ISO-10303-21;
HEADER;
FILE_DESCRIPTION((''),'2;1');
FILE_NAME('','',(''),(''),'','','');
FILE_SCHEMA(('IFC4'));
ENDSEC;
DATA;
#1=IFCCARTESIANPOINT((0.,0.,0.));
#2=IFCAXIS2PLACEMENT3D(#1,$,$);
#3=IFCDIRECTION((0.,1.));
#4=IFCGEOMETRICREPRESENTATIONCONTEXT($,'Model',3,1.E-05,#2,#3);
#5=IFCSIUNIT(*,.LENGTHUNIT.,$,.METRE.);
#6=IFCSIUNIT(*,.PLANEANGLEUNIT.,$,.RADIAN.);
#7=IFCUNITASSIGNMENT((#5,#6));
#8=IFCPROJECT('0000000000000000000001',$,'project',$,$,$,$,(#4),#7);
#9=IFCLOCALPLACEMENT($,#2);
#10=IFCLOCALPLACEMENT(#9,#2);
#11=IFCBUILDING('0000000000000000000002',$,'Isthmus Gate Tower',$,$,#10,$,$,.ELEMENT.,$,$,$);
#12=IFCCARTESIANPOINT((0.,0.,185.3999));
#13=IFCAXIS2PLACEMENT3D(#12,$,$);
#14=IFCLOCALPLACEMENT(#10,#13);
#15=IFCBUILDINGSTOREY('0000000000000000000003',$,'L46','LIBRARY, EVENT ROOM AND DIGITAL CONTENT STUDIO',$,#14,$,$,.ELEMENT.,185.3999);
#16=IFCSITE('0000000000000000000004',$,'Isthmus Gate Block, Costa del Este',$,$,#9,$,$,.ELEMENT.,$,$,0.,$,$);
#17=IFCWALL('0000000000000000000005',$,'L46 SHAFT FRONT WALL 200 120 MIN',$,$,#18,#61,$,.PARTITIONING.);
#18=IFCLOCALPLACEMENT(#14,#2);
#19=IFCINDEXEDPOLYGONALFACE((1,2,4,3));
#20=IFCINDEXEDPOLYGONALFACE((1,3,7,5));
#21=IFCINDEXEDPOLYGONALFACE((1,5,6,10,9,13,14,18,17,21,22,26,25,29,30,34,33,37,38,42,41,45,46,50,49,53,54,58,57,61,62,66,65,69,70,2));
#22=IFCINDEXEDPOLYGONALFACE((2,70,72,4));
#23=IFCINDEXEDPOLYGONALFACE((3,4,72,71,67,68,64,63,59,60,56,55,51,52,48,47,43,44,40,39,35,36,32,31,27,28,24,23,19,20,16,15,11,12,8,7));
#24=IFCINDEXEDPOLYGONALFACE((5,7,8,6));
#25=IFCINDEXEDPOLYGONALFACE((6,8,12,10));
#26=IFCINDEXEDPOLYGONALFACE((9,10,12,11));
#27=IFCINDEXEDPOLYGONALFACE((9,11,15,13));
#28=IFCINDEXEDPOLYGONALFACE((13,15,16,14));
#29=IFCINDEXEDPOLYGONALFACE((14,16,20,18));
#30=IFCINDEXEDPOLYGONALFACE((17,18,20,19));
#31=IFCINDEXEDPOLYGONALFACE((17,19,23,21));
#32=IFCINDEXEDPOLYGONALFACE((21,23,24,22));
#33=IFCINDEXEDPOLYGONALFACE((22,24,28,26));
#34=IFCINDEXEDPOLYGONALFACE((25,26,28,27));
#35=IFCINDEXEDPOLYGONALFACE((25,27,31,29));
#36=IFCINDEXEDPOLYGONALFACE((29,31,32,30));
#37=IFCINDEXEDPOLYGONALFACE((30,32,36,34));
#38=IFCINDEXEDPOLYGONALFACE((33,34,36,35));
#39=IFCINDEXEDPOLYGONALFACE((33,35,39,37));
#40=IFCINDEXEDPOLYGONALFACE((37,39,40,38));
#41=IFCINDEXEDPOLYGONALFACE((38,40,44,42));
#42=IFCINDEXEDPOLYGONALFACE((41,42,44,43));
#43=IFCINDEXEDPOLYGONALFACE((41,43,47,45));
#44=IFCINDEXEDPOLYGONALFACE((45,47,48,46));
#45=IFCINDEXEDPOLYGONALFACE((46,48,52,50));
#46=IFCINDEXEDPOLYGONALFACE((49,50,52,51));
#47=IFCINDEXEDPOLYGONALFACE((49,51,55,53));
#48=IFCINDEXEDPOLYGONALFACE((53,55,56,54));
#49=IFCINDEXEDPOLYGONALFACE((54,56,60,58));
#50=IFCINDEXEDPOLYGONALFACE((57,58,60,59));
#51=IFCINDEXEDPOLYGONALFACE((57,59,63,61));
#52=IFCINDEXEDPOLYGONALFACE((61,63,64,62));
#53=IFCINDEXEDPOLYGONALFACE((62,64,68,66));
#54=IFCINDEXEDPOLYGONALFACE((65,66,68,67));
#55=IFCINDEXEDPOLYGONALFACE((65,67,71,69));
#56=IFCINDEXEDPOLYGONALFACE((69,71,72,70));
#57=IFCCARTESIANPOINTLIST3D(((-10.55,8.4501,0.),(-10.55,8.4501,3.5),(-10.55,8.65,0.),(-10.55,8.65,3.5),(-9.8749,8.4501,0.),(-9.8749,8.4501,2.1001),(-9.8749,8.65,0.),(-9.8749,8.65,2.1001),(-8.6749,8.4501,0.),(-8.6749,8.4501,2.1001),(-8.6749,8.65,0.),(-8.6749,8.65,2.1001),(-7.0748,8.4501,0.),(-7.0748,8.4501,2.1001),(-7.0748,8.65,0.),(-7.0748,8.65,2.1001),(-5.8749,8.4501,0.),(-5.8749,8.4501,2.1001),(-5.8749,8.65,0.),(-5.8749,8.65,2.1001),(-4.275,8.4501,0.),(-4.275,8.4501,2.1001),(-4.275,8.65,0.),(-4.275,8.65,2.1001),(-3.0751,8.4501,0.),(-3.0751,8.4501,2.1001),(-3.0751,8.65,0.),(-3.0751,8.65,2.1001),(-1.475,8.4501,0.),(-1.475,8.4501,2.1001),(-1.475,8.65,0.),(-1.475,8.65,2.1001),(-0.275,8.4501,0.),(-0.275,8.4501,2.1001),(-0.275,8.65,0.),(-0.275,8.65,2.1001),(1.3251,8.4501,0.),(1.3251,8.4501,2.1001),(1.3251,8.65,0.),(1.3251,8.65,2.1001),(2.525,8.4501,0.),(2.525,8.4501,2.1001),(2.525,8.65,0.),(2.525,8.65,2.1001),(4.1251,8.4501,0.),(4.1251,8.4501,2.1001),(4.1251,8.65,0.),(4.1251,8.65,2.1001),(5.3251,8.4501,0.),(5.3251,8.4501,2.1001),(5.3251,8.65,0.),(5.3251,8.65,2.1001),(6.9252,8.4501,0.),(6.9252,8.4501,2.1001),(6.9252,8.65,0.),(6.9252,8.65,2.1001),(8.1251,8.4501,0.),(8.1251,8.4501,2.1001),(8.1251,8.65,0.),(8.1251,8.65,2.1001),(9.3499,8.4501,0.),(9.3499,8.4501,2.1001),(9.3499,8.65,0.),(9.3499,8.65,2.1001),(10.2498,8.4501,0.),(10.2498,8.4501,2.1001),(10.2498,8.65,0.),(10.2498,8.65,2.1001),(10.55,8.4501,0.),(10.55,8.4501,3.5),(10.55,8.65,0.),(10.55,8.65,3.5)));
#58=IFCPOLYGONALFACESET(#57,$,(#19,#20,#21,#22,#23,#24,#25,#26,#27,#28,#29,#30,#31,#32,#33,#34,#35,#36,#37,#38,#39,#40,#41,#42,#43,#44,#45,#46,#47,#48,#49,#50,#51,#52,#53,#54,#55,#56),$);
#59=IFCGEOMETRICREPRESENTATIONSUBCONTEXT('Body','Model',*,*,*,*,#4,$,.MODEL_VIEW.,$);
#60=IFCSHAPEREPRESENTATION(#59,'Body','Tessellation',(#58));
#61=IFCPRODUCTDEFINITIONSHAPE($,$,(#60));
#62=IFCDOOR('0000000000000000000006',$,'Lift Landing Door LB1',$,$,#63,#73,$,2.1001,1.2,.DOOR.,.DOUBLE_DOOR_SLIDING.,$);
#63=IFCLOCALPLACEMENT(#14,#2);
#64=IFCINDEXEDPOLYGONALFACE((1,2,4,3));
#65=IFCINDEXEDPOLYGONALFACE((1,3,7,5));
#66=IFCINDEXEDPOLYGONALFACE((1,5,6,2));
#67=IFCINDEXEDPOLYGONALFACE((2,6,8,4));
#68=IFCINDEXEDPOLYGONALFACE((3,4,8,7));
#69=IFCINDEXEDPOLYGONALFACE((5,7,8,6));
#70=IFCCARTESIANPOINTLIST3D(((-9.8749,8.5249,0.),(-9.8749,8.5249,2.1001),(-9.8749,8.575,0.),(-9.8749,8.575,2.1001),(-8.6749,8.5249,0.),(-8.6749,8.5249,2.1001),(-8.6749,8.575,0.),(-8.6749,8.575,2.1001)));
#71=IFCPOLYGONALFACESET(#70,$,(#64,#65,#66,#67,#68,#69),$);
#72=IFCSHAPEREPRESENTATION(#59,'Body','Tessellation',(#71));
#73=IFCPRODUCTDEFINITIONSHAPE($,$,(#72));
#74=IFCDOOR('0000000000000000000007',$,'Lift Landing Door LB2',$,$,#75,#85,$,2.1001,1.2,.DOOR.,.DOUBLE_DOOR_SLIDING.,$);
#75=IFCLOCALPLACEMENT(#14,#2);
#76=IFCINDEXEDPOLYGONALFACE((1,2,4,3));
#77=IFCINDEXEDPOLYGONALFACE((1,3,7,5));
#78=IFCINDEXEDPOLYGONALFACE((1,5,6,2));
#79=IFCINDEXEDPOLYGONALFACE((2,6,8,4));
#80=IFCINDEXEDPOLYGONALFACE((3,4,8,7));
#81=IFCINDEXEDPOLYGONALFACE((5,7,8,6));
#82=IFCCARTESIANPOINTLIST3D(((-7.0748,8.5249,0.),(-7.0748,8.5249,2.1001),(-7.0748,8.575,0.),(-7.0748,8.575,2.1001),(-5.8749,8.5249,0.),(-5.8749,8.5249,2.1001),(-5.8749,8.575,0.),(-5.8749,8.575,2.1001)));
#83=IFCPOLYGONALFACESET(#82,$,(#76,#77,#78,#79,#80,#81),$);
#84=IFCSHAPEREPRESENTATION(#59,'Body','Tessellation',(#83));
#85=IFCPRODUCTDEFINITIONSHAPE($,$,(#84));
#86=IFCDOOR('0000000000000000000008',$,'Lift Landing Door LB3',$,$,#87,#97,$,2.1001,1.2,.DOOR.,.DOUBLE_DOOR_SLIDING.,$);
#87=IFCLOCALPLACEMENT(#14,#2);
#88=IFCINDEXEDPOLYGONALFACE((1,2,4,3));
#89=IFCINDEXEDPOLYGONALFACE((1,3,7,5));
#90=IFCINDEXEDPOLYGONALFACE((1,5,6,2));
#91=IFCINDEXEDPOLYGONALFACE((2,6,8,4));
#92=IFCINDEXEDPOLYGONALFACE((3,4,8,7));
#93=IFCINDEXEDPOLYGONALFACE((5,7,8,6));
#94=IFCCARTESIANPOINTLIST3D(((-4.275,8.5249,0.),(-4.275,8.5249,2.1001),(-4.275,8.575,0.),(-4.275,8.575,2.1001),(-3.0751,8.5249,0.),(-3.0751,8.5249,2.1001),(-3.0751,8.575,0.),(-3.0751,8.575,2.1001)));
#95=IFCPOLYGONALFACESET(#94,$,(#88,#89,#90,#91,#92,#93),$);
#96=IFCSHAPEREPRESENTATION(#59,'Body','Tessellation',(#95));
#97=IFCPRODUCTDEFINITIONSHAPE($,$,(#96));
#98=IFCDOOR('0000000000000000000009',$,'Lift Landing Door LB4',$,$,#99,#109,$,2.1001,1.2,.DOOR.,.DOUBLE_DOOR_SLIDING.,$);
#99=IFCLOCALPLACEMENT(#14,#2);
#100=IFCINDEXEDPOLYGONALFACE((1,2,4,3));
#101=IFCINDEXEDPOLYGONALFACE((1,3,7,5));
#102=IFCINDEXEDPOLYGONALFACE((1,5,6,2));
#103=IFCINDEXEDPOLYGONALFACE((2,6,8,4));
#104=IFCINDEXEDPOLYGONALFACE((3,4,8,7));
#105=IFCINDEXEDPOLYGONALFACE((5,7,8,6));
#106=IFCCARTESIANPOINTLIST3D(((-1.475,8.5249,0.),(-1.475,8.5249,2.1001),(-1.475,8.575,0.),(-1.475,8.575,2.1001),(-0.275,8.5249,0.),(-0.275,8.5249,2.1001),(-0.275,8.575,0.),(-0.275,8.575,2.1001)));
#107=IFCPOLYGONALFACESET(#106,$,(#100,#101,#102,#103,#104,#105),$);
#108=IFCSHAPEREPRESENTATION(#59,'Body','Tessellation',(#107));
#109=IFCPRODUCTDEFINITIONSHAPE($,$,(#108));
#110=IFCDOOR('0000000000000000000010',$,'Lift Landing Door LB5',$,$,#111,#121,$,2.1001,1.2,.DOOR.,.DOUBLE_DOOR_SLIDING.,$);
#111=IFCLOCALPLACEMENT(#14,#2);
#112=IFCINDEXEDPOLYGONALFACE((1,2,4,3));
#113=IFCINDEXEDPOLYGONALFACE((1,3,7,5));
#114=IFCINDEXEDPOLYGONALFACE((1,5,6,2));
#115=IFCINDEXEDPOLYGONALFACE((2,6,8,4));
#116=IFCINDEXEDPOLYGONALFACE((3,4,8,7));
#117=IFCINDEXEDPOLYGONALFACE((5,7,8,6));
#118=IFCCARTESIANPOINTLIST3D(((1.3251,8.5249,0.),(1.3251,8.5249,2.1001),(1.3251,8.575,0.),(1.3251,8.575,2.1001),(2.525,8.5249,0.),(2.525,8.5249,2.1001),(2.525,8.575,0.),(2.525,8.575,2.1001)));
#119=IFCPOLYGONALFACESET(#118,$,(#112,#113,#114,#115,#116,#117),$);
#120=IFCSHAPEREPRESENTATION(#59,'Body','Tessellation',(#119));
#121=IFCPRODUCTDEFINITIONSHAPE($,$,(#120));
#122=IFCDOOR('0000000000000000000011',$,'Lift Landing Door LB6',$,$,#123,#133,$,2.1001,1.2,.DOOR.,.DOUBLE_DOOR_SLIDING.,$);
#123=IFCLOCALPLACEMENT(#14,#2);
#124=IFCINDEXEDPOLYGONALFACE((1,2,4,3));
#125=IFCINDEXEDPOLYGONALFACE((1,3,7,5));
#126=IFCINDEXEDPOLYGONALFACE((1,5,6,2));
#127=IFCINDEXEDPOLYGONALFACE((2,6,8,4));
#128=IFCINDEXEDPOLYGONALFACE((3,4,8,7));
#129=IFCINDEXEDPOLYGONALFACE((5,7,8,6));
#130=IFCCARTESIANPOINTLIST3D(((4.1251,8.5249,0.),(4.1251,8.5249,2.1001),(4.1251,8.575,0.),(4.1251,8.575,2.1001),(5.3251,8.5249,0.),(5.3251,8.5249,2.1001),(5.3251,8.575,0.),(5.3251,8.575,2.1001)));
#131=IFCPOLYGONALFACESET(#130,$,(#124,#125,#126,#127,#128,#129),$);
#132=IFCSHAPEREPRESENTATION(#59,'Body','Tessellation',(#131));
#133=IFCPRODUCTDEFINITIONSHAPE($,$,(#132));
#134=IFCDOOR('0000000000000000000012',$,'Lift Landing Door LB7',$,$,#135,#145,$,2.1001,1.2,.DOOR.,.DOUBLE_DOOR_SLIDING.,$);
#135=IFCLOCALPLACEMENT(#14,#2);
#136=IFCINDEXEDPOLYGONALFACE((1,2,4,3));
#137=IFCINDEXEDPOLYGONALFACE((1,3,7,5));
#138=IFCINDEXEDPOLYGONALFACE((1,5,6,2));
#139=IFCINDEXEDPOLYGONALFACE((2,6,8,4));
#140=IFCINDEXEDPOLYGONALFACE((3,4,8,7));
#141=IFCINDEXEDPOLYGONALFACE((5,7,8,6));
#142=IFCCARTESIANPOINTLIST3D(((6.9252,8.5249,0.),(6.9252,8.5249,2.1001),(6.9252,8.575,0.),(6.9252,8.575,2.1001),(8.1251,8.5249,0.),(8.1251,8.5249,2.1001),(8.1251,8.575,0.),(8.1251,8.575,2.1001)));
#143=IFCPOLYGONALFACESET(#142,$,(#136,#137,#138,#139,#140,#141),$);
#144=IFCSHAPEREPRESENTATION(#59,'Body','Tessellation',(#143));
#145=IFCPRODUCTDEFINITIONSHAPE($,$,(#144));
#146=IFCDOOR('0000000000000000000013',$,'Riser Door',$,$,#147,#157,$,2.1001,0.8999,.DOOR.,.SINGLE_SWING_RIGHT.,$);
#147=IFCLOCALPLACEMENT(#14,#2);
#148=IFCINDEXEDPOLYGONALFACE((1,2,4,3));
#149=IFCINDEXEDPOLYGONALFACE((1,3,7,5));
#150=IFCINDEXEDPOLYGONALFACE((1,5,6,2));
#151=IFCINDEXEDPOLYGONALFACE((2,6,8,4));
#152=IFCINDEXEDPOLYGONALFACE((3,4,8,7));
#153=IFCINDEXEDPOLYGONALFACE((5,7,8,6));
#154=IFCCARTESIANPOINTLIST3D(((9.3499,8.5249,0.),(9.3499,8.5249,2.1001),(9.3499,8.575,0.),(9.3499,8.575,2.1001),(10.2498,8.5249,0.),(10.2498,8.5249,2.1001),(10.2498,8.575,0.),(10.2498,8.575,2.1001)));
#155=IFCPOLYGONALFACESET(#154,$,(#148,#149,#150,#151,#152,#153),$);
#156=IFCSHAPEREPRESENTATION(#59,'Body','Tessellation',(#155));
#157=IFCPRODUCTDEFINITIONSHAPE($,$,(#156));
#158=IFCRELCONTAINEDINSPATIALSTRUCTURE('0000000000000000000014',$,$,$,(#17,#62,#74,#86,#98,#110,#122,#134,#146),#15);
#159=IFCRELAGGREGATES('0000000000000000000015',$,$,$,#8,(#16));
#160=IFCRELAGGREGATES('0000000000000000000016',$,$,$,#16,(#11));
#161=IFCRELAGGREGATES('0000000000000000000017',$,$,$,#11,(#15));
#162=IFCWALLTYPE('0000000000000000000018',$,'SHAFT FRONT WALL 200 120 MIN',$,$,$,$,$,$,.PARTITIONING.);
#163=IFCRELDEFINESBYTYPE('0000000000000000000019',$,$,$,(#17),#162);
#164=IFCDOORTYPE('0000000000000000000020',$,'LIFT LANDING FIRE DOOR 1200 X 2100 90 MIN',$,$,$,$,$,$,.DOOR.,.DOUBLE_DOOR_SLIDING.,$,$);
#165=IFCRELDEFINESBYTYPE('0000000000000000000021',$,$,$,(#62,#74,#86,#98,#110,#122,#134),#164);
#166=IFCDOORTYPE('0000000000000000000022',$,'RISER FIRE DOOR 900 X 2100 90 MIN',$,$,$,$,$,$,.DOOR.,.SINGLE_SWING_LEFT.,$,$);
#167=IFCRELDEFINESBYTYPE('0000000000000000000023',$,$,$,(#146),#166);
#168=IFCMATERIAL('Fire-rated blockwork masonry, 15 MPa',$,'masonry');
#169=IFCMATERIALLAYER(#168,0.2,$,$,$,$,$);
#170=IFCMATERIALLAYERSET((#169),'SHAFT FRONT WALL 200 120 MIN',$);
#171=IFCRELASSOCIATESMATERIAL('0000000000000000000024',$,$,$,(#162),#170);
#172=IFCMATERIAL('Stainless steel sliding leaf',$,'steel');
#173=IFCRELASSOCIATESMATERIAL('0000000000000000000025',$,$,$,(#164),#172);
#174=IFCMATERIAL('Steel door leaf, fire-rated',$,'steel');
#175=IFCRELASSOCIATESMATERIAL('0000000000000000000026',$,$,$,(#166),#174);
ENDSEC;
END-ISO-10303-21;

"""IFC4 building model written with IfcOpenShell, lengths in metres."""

from ifc_helpers import new_model, si_unit, direction, frame, frame_2d, origin, place, context, subcontext, project, spatial, rectangle, extrude, material, layer, layer_set, type_object, element, fill, save


model = new_model("IFC4")

# Units and contexts
model_context = context("Model", 3, precision=1e-05, world=origin(), true_north=direction((0.0, 1.0)))
body_context = subcontext(model_context, "Body", "Model", "MODEL_VIEW")
ifc_project = project(units=[si_unit("LENGTHUNIT", "METRE"), si_unit("PLANEANGLEUNIT", "RADIAN")], contexts=[model_context])

# Site, building, storey
site_placement = place(None, origin())
site = spatial("IfcSite", under=ifc_project, at=site_placement, Name="Isthmus Gate Block, Costa del Este", CompositionType="ELEMENT", RefElevation=0.0)
building_placement = place(site_placement, origin())
building = spatial("IfcBuilding", under=site, at=building_placement, Name="Isthmus Gate Tower", CompositionType="ELEMENT")
storey_placement = place(building_placement, frame((0.0, 0.0, 185.3999)))
storey = spatial("IfcBuildingStorey", under=building, at=storey_placement, Name="L46", Description="LIBRARY, EVENT ROOM AND DIGITAL CONTENT STUDIO", CompositionType="ELEMENT", Elevation=185.3999)

# Wall, openings, doors
ifc_material_1 = material(Name="Fire-rated blockwork masonry, 15 MPa", Category="masonry")
ifc_layer_1 = layer(ifc_material_1, 0.2)
ifc_layer_set_1 = layer_set([ifc_layer_1], Name="SHAFT FRONT WALL 200 120 MIN")
wall_type_1 = type_object("IfcWallType", Name="SHAFT FRONT WALL 200 120 MIN", PredefinedType="PARTITIONING", material=ifc_layer_set_1)
wall_1_placement = place(storey_placement, frame((-10.55, 8.55, 0.0), z_axis=(0.0, 0.0, 1.0), x_axis=(1.0, 0.0, 0.0)))
wall_1 = element("IfcWall", 1, at=wall_1_placement, inside=storey, type_object=wall_type_1, Name="L46 SHAFT FRONT WALL 200 120 MIN", PredefinedType="PARTITIONING", context=body_context, shape_type="SweptSolid", body=[
    extrude(rectangle(XDim=21.1001, YDim=0.2, at=frame_2d((10.55, 0.0))), origin(), (0.0, 0.0, 1.0), 3.5),
])
opening_1_placement = place(wall_1_placement, frame((0.675, 0.0, 0.0)))
opening_1 = element("IfcOpeningElement", 2, at=opening_1_placement, cuts=wall_1, PredefinedType="OPENING", context=body_context, shape_type="SweptSolid", body=[
    extrude(rectangle(XDim=1.2, YDim=2.1001, at=frame_2d((0.6001, 1.05))), frame((0.0, 0.1099, 0.0), z_axis=(0.0, -1.0, 0.0), x_axis=(1.0, 0.0, 0.0)), (0.0, 0.0, 1.0), 0.22),
])
opening_2_placement = place(wall_1_placement, frame((3.4751, 0.0, 0.0)))
opening_2 = element("IfcOpeningElement", 3, at=opening_2_placement, cuts=wall_1, PredefinedType="OPENING", context=body_context, shape_type="SweptSolid", body=[
    extrude(rectangle(XDim=1.2, YDim=2.1001, at=frame_2d((0.6001, 1.05))), frame((0.0, 0.1099, 0.0), z_axis=(0.0, -1.0, 0.0), x_axis=(1.0, 0.0, 0.0)), (0.0, 0.0, 1.0), 0.22),
])
opening_3_placement = place(wall_1_placement, frame((6.2749, 0.0, 0.0)))
opening_3 = element("IfcOpeningElement", 4, at=opening_3_placement, cuts=wall_1, PredefinedType="OPENING", context=body_context, shape_type="SweptSolid", body=[
    extrude(rectangle(XDim=1.2, YDim=2.1001, at=frame_2d((0.6001, 1.05))), frame((0.0, 0.1099, 0.0), z_axis=(0.0, -1.0, 0.0), x_axis=(1.0, 0.0, 0.0)), (0.0, 0.0, 1.0), 0.22),
])
opening_4_placement = place(wall_1_placement, frame((9.075, 0.0, 0.0)))
opening_4 = element("IfcOpeningElement", 5, at=opening_4_placement, cuts=wall_1, PredefinedType="OPENING", context=body_context, shape_type="SweptSolid", body=[
    extrude(rectangle(XDim=1.2, YDim=2.1001, at=frame_2d((0.6001, 1.05))), frame((0.0, 0.1099, 0.0), z_axis=(0.0, -1.0, 0.0), x_axis=(1.0, 0.0, 0.0)), (0.0, 0.0, 1.0), 0.22),
])
opening_5_placement = place(wall_1_placement, frame((11.875, 0.0, 0.0)))
opening_5 = element("IfcOpeningElement", 6, at=opening_5_placement, cuts=wall_1, PredefinedType="OPENING", context=body_context, shape_type="SweptSolid", body=[
    extrude(rectangle(XDim=1.2, YDim=2.1001, at=frame_2d((0.6001, 1.05))), frame((0.0, 0.1099, 0.0), z_axis=(0.0, -1.0, 0.0), x_axis=(1.0, 0.0, 0.0)), (0.0, 0.0, 1.0), 0.22),
])
opening_6_placement = place(wall_1_placement, frame((14.675, 0.0, 0.0)))
opening_6 = element("IfcOpeningElement", 7, at=opening_6_placement, cuts=wall_1, PredefinedType="OPENING", context=body_context, shape_type="SweptSolid", body=[
    extrude(rectangle(XDim=1.2, YDim=2.1001, at=frame_2d((0.6001, 1.05))), frame((0.0, 0.1099, 0.0), z_axis=(0.0, -1.0, 0.0), x_axis=(1.0, 0.0, 0.0)), (0.0, 0.0, 1.0), 0.22),
])
opening_7_placement = place(wall_1_placement, frame((17.4751, 0.0, 0.0)))
opening_7 = element("IfcOpeningElement", 8, at=opening_7_placement, cuts=wall_1, PredefinedType="OPENING", context=body_context, shape_type="SweptSolid", body=[
    extrude(rectangle(XDim=1.2, YDim=2.1001, at=frame_2d((0.6001, 1.05))), frame((0.0, 0.1099, 0.0), z_axis=(0.0, -1.0, 0.0), x_axis=(1.0, 0.0, 0.0)), (0.0, 0.0, 1.0), 0.22),
])
opening_8_placement = place(wall_1_placement, frame((19.8999, 0.0, 0.0)))
opening_8 = element("IfcOpeningElement", 9, at=opening_8_placement, cuts=wall_1, PredefinedType="OPENING", context=body_context, shape_type="SweptSolid", body=[
    extrude(rectangle(XDim=0.8999, YDim=2.1001, at=frame_2d((0.45, 1.05))), frame((0.0, 0.1099, 0.0), z_axis=(0.0, -1.0, 0.0), x_axis=(1.0, 0.0, 0.0)), (0.0, 0.0, 1.0), 0.22),
])
ifc_material_2 = material(Name="Stainless steel sliding leaf", Category="steel")
door_type_1 = type_object("IfcDoorType", Name="LIFT LANDING FIRE DOOR 1200 X 2100 90 MIN", OperationType="DOUBLE_DOOR_SLIDING", PredefinedType="DOOR", material=ifc_material_2)
door_1_placement = place(opening_1_placement, origin())
door_1 = element("IfcDoor", 10, at=door_1_placement, inside=storey, type_object=door_type_1, Name="Lift Landing Door LB1", OperationType="DOUBLE_DOOR_SLIDING", OverallHeight=2.1001, OverallWidth=1.2, PredefinedType="DOOR", context=body_context, shape_type="SweptSolid", body=[
    extrude(rectangle(XDim=1.2, YDim=2.1001, at=frame_2d((0.6001, 1.05))), frame((0.0, 0.0249, 0.0), z_axis=(0.0, -1.0, 0.0), x_axis=(1.0, 0.0, 0.0)), (0.0, 0.0, 1.0), 0.05),
])
fill(opening_1, door_1)
door_2_placement = place(opening_2_placement, origin())
door_2 = element("IfcDoor", 11, at=door_2_placement, inside=storey, type_object=door_type_1, Name="Lift Landing Door LB2", OperationType="DOUBLE_DOOR_SLIDING", OverallHeight=2.1001, OverallWidth=1.2, PredefinedType="DOOR", context=body_context, shape_type="SweptSolid", body=[
    extrude(rectangle(XDim=1.2, YDim=2.1001, at=frame_2d((0.6001, 1.05))), frame((0.0, 0.0249, 0.0), z_axis=(0.0, -1.0, 0.0), x_axis=(1.0, 0.0, 0.0)), (0.0, 0.0, 1.0), 0.05),
])
fill(opening_2, door_2)
door_3_placement = place(opening_3_placement, origin())
door_3 = element("IfcDoor", 12, at=door_3_placement, inside=storey, type_object=door_type_1, Name="Lift Landing Door LB3", OperationType="DOUBLE_DOOR_SLIDING", OverallHeight=2.1001, OverallWidth=1.2, PredefinedType="DOOR", context=body_context, shape_type="SweptSolid", body=[
    extrude(rectangle(XDim=1.2, YDim=2.1001, at=frame_2d((0.6001, 1.05))), frame((0.0, 0.0249, 0.0), z_axis=(0.0, -1.0, 0.0), x_axis=(1.0, 0.0, 0.0)), (0.0, 0.0, 1.0), 0.05),
])
fill(opening_3, door_3)
door_4_placement = place(opening_4_placement, origin())
door_4 = element("IfcDoor", 13, at=door_4_placement, inside=storey, type_object=door_type_1, Name="Lift Landing Door LB4", OperationType="DOUBLE_DOOR_SLIDING", OverallHeight=2.1001, OverallWidth=1.2, PredefinedType="DOOR", context=body_context, shape_type="SweptSolid", body=[
    extrude(rectangle(XDim=1.2, YDim=2.1001, at=frame_2d((0.6001, 1.05))), frame((0.0, 0.0249, 0.0), z_axis=(0.0, -1.0, 0.0), x_axis=(1.0, 0.0, 0.0)), (0.0, 0.0, 1.0), 0.05),
])
fill(opening_4, door_4)
door_5_placement = place(opening_5_placement, origin())
door_5 = element("IfcDoor", 14, at=door_5_placement, inside=storey, type_object=door_type_1, Name="Lift Landing Door LB5", OperationType="DOUBLE_DOOR_SLIDING", OverallHeight=2.1001, OverallWidth=1.2, PredefinedType="DOOR", context=body_context, shape_type="SweptSolid", body=[
    extrude(rectangle(XDim=1.2, YDim=2.1001, at=frame_2d((0.6001, 1.05))), frame((0.0, 0.0249, 0.0), z_axis=(0.0, -1.0, 0.0), x_axis=(1.0, 0.0, 0.0)), (0.0, 0.0, 1.0), 0.05),
])
fill(opening_5, door_5)
door_6_placement = place(opening_6_placement, origin())
door_6 = element("IfcDoor", 15, at=door_6_placement, inside=storey, type_object=door_type_1, Name="Lift Landing Door LB6", OperationType="DOUBLE_DOOR_SLIDING", OverallHeight=2.1001, OverallWidth=1.2, PredefinedType="DOOR", context=body_context, shape_type="SweptSolid", body=[
    extrude(rectangle(XDim=1.2, YDim=2.1001, at=frame_2d((0.6001, 1.05))), frame((0.0, 0.0249, 0.0), z_axis=(0.0, -1.0, 0.0), x_axis=(1.0, 0.0, 0.0)), (0.0, 0.0, 1.0), 0.05),
])
fill(opening_6, door_6)
door_7_placement = place(opening_7_placement, origin())
door_7 = element("IfcDoor", 16, at=door_7_placement, inside=storey, type_object=door_type_1, Name="Lift Landing Door LB7", OperationType="DOUBLE_DOOR_SLIDING", OverallHeight=2.1001, OverallWidth=1.2, PredefinedType="DOOR", context=body_context, shape_type="SweptSolid", body=[
    extrude(rectangle(XDim=1.2, YDim=2.1001, at=frame_2d((0.6001, 1.05))), frame((0.0, 0.0249, 0.0), z_axis=(0.0, -1.0, 0.0), x_axis=(1.0, 0.0, 0.0)), (0.0, 0.0, 1.0), 0.05),
])
fill(opening_7, door_7)
ifc_material_3 = material(Name="Steel door leaf, fire-rated", Category="steel")
door_type_2 = type_object("IfcDoorType", Name="RISER FIRE DOOR 900 X 2100 90 MIN", OperationType="SINGLE_SWING_LEFT", PredefinedType="DOOR", material=ifc_material_3)
door_8_placement = place(opening_8_placement, origin())
door_8 = element("IfcDoor", 17, at=door_8_placement, inside=storey, type_object=door_type_2, Name="Riser Door", OperationType="SINGLE_SWING_RIGHT", OverallHeight=2.1001, OverallWidth=0.8999, PredefinedType="DOOR", context=body_context, shape_type="SweptSolid", body=[
    extrude(rectangle(XDim=0.8999, YDim=2.1001, at=frame_2d((0.45, 1.05))), frame((0.0, 0.0249, 0.0), z_axis=(0.0, -1.0, 0.0), x_axis=(1.0, 0.0, 0.0)), (0.0, 0.0, 1.0), 0.05),
])
fill(opening_8, door_8)

save(model, "model.ifc")
